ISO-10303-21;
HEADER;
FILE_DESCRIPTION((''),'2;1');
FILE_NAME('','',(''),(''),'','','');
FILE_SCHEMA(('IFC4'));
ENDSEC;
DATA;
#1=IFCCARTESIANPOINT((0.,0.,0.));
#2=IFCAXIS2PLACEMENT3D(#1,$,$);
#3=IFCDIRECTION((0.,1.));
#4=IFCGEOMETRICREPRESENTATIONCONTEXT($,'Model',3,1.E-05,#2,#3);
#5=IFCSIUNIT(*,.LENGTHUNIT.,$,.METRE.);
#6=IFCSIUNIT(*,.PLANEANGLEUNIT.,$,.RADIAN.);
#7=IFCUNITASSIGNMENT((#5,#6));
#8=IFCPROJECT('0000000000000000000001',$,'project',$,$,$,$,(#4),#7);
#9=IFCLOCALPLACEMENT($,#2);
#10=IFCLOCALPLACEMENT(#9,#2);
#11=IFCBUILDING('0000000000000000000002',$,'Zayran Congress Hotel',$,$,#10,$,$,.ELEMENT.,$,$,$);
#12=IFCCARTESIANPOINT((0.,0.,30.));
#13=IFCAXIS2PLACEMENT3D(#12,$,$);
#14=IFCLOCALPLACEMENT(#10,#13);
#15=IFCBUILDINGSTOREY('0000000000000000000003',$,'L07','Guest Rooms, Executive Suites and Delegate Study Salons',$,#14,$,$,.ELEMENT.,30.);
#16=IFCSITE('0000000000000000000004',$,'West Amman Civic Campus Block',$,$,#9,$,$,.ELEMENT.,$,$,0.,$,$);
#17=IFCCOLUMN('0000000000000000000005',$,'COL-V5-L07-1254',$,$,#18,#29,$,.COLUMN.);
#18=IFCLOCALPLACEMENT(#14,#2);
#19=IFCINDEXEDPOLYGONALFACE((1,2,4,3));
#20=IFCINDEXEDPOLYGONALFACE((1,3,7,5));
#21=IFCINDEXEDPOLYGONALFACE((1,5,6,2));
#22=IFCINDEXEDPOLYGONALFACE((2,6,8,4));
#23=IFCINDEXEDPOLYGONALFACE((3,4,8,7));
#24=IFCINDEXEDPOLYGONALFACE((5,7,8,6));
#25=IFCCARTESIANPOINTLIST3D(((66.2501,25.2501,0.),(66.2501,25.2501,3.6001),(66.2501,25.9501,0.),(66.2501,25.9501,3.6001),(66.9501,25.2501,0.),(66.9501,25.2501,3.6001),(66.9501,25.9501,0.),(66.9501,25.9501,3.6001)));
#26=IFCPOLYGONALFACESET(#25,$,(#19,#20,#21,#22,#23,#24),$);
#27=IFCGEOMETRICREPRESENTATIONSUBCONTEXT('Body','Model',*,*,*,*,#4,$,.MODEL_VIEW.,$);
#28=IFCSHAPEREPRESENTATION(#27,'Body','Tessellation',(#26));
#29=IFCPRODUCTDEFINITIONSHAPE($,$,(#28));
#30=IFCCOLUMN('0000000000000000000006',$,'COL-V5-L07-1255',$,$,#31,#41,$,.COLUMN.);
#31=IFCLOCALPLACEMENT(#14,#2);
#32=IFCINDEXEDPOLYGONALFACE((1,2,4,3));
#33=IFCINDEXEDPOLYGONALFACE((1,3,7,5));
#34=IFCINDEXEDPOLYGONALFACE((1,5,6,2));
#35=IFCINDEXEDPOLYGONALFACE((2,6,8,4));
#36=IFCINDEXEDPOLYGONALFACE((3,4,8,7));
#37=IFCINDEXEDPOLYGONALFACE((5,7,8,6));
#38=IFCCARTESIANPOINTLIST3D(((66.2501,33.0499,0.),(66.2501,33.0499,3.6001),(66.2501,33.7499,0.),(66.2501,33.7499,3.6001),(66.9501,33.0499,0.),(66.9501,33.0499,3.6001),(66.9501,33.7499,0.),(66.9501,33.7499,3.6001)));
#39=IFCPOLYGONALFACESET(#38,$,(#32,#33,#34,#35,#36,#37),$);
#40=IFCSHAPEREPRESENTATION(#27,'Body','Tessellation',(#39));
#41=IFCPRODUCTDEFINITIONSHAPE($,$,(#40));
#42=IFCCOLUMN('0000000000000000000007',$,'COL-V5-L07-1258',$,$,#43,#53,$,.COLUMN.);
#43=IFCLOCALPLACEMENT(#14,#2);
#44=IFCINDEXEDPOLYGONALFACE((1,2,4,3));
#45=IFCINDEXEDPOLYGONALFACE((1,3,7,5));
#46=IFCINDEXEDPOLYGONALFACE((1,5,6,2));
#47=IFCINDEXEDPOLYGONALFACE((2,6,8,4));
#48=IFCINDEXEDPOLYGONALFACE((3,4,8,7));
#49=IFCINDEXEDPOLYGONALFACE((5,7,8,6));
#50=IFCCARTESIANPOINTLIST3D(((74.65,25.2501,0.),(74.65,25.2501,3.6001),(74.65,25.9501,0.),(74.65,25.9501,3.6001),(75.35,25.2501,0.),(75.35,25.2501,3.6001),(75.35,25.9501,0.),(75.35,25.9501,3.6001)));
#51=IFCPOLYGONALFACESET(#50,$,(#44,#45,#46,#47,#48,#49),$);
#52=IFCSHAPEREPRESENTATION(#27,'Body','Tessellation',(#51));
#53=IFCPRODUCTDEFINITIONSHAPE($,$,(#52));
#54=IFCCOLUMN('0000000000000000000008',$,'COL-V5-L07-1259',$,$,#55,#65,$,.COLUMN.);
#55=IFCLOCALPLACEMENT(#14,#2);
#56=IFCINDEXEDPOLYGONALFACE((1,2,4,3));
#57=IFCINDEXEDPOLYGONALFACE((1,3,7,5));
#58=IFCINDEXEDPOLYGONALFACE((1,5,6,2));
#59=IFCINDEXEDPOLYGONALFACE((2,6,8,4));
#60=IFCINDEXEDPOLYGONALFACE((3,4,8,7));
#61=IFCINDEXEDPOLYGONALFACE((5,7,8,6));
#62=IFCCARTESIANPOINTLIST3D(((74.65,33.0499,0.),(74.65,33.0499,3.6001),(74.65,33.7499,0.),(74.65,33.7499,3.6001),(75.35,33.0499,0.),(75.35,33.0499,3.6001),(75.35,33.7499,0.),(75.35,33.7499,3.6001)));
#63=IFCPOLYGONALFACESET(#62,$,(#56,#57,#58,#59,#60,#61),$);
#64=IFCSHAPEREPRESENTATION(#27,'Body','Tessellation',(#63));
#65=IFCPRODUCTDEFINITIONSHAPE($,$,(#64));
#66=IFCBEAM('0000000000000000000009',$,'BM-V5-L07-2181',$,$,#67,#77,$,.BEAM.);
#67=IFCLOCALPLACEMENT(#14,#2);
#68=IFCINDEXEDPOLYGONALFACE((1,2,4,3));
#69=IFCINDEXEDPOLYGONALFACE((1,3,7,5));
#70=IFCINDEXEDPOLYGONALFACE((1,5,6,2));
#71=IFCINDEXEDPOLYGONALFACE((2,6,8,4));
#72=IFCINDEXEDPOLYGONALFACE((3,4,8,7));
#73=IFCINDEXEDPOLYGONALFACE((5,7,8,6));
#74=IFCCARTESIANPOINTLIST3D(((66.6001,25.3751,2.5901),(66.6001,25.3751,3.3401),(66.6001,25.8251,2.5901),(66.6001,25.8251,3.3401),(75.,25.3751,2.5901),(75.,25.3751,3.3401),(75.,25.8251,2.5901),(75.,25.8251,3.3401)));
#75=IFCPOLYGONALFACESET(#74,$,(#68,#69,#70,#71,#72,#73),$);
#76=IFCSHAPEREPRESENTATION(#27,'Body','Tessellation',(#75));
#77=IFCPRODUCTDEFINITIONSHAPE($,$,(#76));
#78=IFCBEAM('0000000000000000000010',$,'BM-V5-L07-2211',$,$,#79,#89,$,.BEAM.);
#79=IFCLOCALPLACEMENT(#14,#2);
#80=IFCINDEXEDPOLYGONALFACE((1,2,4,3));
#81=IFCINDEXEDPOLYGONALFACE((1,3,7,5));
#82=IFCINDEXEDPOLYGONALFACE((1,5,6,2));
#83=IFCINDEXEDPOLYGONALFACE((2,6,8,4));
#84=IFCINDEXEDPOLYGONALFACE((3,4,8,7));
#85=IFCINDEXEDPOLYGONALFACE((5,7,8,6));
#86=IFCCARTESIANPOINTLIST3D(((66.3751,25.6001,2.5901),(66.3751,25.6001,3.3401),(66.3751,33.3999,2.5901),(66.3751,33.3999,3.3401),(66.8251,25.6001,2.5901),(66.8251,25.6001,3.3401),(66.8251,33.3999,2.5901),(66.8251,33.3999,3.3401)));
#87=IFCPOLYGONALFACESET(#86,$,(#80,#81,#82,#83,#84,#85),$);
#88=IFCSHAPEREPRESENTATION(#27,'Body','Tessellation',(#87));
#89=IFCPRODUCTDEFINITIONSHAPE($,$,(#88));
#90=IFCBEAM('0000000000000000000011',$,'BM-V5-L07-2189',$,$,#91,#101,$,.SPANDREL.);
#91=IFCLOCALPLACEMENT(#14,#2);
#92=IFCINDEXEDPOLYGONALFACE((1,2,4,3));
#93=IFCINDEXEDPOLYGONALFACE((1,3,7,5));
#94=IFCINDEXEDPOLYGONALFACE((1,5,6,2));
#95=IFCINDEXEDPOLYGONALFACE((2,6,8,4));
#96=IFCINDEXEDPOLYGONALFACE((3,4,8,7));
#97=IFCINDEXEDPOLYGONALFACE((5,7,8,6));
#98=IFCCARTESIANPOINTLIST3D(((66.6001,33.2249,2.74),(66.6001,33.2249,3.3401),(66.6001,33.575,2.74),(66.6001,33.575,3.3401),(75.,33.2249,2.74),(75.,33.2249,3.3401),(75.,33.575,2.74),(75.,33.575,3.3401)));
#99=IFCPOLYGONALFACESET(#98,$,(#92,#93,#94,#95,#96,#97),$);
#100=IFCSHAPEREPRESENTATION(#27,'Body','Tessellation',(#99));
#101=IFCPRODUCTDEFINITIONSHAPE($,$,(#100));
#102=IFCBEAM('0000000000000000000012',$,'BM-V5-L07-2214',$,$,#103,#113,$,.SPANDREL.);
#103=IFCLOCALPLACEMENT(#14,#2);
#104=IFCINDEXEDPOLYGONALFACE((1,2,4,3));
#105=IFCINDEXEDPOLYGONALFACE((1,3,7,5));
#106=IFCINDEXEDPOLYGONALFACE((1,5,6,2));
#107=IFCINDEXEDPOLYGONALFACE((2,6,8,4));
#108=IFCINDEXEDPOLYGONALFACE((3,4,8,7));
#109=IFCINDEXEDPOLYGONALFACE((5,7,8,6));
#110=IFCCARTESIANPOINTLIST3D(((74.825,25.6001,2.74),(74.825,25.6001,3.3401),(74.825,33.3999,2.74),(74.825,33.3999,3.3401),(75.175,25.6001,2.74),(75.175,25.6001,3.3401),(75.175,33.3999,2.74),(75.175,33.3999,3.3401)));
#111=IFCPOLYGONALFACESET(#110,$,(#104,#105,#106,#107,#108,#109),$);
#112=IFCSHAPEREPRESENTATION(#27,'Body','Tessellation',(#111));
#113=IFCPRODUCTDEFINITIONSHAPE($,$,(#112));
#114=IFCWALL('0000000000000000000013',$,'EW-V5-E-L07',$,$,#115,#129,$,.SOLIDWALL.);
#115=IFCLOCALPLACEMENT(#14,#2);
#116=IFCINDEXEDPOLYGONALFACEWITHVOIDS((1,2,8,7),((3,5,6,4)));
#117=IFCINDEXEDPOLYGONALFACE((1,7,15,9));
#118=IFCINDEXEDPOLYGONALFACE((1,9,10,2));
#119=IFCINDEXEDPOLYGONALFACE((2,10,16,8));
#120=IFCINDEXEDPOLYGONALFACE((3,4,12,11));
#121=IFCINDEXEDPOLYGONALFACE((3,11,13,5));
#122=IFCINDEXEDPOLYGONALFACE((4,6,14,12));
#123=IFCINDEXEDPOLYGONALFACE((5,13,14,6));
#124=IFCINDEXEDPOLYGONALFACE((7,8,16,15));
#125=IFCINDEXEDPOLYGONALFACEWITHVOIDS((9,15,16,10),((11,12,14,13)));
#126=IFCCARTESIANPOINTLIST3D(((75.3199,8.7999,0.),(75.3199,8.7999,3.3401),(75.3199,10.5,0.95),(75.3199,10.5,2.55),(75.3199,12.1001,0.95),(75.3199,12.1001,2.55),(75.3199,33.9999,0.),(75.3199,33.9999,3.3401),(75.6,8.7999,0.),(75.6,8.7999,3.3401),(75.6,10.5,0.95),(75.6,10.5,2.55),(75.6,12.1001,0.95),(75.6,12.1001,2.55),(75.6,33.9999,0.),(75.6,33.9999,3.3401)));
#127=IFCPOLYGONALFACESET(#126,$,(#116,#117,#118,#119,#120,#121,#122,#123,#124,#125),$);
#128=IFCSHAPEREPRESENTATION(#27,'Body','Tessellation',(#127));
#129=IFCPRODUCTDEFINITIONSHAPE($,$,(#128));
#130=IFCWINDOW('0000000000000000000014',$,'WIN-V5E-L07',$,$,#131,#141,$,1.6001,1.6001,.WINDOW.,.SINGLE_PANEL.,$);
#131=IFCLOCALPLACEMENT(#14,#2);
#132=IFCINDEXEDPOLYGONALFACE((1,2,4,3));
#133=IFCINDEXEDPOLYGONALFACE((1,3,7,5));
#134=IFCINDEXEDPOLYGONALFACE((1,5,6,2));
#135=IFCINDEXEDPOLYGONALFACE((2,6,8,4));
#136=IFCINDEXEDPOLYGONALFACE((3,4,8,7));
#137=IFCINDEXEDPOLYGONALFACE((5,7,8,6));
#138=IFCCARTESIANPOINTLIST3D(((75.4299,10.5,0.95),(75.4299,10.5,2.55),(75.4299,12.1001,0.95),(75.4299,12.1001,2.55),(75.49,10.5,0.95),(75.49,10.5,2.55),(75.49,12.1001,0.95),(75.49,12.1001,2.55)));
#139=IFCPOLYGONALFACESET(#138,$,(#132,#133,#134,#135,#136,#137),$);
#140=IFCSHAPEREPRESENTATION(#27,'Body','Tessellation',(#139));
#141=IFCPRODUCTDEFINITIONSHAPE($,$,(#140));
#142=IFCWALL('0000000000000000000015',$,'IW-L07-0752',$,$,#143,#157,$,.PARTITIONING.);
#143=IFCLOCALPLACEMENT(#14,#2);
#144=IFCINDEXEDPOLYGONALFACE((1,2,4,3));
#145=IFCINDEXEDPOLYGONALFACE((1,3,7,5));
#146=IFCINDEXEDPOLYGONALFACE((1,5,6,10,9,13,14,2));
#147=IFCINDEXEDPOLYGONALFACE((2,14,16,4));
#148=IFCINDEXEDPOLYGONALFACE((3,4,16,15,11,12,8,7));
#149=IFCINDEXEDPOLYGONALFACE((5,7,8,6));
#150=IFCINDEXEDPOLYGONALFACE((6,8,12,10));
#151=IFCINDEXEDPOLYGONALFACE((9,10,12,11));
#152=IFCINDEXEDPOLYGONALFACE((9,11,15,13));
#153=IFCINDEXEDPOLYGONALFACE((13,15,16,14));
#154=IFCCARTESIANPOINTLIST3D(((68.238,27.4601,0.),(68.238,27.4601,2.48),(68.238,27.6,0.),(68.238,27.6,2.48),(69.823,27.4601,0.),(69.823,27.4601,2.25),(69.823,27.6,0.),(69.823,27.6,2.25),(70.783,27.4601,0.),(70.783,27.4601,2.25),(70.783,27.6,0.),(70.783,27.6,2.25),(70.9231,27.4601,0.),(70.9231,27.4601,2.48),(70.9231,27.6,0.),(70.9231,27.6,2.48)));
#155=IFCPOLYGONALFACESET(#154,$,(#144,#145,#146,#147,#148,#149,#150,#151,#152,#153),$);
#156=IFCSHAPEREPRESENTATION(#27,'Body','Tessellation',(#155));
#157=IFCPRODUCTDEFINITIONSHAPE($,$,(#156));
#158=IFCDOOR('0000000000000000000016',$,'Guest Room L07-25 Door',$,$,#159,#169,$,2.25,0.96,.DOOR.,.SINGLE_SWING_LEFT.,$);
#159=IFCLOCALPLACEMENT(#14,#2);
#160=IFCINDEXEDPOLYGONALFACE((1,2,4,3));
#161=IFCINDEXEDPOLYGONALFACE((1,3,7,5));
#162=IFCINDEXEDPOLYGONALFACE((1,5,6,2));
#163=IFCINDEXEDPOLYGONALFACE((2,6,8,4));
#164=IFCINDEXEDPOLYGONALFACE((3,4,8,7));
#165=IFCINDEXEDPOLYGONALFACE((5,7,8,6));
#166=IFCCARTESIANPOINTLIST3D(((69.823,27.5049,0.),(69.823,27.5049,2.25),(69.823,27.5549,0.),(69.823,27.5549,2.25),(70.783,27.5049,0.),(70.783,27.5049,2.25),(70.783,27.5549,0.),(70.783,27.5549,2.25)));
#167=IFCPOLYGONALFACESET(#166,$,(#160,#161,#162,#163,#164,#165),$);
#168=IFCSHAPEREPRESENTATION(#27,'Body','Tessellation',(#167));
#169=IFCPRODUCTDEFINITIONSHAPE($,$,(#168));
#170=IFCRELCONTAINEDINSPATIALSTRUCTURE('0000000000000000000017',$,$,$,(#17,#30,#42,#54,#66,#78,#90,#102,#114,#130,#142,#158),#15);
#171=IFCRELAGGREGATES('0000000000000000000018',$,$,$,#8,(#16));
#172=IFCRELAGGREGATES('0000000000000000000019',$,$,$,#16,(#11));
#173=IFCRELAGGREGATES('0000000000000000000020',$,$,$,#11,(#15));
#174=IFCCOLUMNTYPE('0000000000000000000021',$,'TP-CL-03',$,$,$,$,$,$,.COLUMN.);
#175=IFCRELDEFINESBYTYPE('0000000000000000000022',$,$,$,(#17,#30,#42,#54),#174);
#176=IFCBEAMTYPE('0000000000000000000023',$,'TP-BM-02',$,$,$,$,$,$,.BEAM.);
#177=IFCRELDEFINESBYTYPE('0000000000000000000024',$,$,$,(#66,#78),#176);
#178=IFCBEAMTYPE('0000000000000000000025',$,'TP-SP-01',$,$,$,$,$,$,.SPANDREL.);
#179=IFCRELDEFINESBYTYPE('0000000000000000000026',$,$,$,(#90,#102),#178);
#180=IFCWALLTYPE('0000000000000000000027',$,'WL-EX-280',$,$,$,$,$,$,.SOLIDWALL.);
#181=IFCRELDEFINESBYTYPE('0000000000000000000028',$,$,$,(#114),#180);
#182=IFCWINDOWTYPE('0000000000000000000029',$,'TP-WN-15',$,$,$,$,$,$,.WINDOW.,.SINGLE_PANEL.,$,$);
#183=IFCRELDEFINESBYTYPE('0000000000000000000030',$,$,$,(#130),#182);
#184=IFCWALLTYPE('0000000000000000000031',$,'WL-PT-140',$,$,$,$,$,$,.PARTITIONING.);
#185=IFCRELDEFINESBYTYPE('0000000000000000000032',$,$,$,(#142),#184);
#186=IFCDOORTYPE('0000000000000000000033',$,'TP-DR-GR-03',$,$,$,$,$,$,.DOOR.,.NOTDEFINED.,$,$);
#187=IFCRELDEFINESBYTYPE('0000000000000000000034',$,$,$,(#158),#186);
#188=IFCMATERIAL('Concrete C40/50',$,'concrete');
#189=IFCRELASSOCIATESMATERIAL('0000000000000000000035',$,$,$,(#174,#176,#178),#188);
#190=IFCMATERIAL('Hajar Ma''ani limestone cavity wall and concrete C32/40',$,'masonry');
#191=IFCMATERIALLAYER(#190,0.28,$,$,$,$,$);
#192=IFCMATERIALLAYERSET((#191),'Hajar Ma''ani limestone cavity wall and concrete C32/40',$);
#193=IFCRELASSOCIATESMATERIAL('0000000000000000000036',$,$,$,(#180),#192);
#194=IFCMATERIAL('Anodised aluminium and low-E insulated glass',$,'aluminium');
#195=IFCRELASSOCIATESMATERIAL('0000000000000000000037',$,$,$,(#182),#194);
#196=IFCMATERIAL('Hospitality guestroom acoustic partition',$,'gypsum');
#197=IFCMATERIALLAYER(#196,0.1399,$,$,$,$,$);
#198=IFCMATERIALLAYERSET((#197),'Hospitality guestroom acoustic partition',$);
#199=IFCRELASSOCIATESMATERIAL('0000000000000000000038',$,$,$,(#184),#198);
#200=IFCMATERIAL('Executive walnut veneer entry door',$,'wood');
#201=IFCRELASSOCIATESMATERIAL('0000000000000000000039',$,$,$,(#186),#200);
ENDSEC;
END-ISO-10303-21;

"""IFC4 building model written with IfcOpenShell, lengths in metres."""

from ifc_helpers import new_model, si_unit, direction, frame, frame_2d, origin, origin_2d, place, context, subcontext, project, spatial, rectangle, extrude, material, layer, layer_set, material_profile, profile_set, type_object, element, fill, save


model = new_model("IFC4")

# Units and contexts
model_context = context("Model", 3, precision=1e-05, world=origin(), true_north=direction((0.0, 1.0)))
body_context = subcontext(model_context, "Body", "Model", "MODEL_VIEW")
ifc_project = project(units=[si_unit("LENGTHUNIT", "METRE"), si_unit("PLANEANGLEUNIT", "RADIAN")], contexts=[model_context])

# Site, building, storey
site_placement = place(None, origin())
site = spatial("IfcSite", under=ifc_project, at=site_placement, Name="West Amman Civic Campus Block", CompositionType="ELEMENT", RefElevation=0.0)
building_placement = place(site_placement, origin())
building = spatial("IfcBuilding", under=site, at=building_placement, Name="Zayran Congress Hotel", CompositionType="ELEMENT")
storey_placement = place(building_placement, frame((0.0, 0.0, 30.0)))
storey = spatial("IfcBuildingStorey", under=building, at=storey_placement, Name="L07", Description="Guest Rooms, Executive Suites and Delegate Study Salons", CompositionType="ELEMENT", Elevation=30.0)

# Columns
ifc_material_1 = material(Name="Concrete C40/50", Category="concrete")
ifc_material_profile_1 = material_profile(ifc_material_1, rectangle(XDim=0.7, YDim=0.7, at=origin_2d()), Name="RC 700x700")
ifc_profile_set_1 = profile_set([ifc_material_profile_1], Name="Concrete C40/50")
column_type = type_object("IfcColumnType", Name="TP-CL-03", PredefinedType="COLUMN", material=ifc_profile_set_1)
for number, where, z_axis, x_axis, name in (
    (1, (66.6001, 25.6001, 0.0), (0.0, 0.0, 1.0), (1.0, 0.0, 0.0), "COL-V5-L07-1254"),
    (2, (66.6001, 33.3999, 0.0), (0.0, 0.0, 1.0), (1.0, 0.0, 0.0), "COL-V5-L07-1255"),
    (3, (75.0, 25.6001, 0.0), (0.0, 0.0, 1.0), (1.0, 0.0, 0.0), "COL-V5-L07-1258"),
    (4, (75.0, 33.3999, 0.0), (0.0, 0.0, 1.0), (1.0, 0.0, 0.0), "COL-V5-L07-1259"),
):
    element("IfcColumn", number, at=place(storey_placement, frame(where, z_axis=z_axis, x_axis=x_axis)), inside=storey, type_object=column_type, Name=name, PredefinedType="COLUMN", context=body_context, shape_type="SweptSolid", body=[
        extrude(rectangle(XDim=0.7, YDim=0.7, at=origin_2d()), origin(), (0.0, 0.0, 1.0), 3.6001),
    ])

# Beams
ifc_material_profile_2 = material_profile(ifc_material_1, rectangle(XDim=0.45, YDim=0.75, at=origin_2d()), Name="RC 450x750")
ifc_profile_set_2 = profile_set([ifc_material_profile_2], Name="Concrete C40/50")
beam_type_1 = type_object("IfcBeamType", Name="TP-BM-02", PredefinedType="BEAM", material=ifc_profile_set_2)
beam_1_placement = place(storey_placement, frame((66.6001, 25.6001, 2.9651), z_axis=(1.0, 0.0, 0.0), x_axis=(0.0, 1.0, 0.0)))
element("IfcBeam", 5, at=beam_1_placement, inside=storey, type_object=beam_type_1, Name="BM-V5-L07-2181", PredefinedType="BEAM", context=body_context, shape_type="SweptSolid", body=[
    extrude(rectangle(XDim=0.45, YDim=0.75, at=origin_2d()), origin(), (0.0, 0.0, 1.0), 8.3999),
])
beam_2_placement = place(storey_placement, frame((66.6001, 25.6001, 2.9651), z_axis=(0.0, 1.0, 0.0), x_axis=(-1.0, 0.0, 0.0)))
element("IfcBeam", 6, at=beam_2_placement, inside=storey, type_object=beam_type_1, Name="BM-V5-L07-2211", PredefinedType="BEAM", context=body_context, shape_type="SweptSolid", body=[
    extrude(rectangle(XDim=0.45, YDim=0.75, at=origin_2d()), origin(), (0.0, 0.0, 1.0), 7.7998),
])
ifc_material_profile_3 = material_profile(ifc_material_1, rectangle(XDim=0.3501, YDim=0.6001, at=origin_2d()), Name="RC 350x600")
ifc_profile_set_3 = profile_set([ifc_material_profile_3], Name="Concrete C40/50")
beam_type_2 = type_object("IfcBeamType", Name="TP-SP-01", PredefinedType="SPANDREL", material=ifc_profile_set_3)
beam_3_placement = place(storey_placement, frame((66.6001, 33.3999, 3.04), z_axis=(1.0, 0.0, 0.0), x_axis=(0.0, 1.0, 0.0)))
element("IfcBeam", 7, at=beam_3_placement, inside=storey, type_object=beam_type_2, Name="BM-V5-L07-2189", PredefinedType="SPANDREL", context=body_context, shape_type="SweptSolid", body=[
    extrude(rectangle(XDim=0.3501, YDim=0.6001, at=origin_2d()), origin(), (0.0, 0.0, 1.0), 8.3999),
])
beam_4_placement = place(storey_placement, frame((75.0, 25.6001, 3.04), z_axis=(0.0, 1.0, 0.0), x_axis=(-1.0, 0.0, 0.0)))
element("IfcBeam", 8, at=beam_4_placement, inside=storey, type_object=beam_type_2, Name="BM-V5-L07-2214", PredefinedType="SPANDREL", context=body_context, shape_type="SweptSolid", body=[
    extrude(rectangle(XDim=0.3501, YDim=0.6001, at=origin_2d()), origin(), (0.0, 0.0, 1.0), 7.7998),
])

# Wall, opening, window
ifc_material_2 = material(Name="Hajar Ma'ani limestone cavity wall and concrete C32/40", Category="masonry")
ifc_layer_1 = layer(ifc_material_2, 0.28)
ifc_layer_set_1 = layer_set([ifc_layer_1], Name="Hajar Ma'ani limestone cavity wall and concrete C32/40")
wall_type_1 = type_object("IfcWallType", Name="WL-EX-280", PredefinedType="SOLIDWALL", material=ifc_layer_set_1)
wall_1_placement = place(storey_placement, frame((75.46, 34.0, 0.0), z_axis=(0.0, 0.0, 1.0), x_axis=(0.0, -1.0, 0.0)))
wall_1 = element("IfcWall", 9, at=wall_1_placement, inside=storey, type_object=wall_type_1, Name="EW-V5-E-L07", PredefinedType="SOLIDWALL", context=body_context, shape_type="SweptSolid", body=[
    extrude(rectangle(XDim=25.2, YDim=0.28, at=frame_2d((12.6001, 0.0))), origin(), (0.0, 0.0, 1.0), 3.3401),
])
opening_1_placement = place(wall_1_placement, frame((21.8999, 0.0, 0.95)))
opening_1 = element("IfcOpeningElement", 10, at=opening_1_placement, cuts=wall_1, PredefinedType="OPENING", context=body_context, shape_type="SweptSolid", body=[
    extrude(rectangle(XDim=1.6001, YDim=1.6001, at=frame_2d((0.8, 0.8))), frame((0.0, 0.1499, 0.0), z_axis=(0.0, -1.0, 0.0), x_axis=(1.0, 0.0, 0.0)), (0.0, 0.0, 1.0), 0.3),
])
ifc_material_3 = material(Name="Anodised aluminium and low-E insulated glass", Category="aluminium")
window_type = type_object("IfcWindowType", Name="TP-WN-15", PartitioningType="SINGLE_PANEL", PredefinedType="WINDOW", material=ifc_material_3)
window_placement = place(opening_1_placement, origin())
window = element("IfcWindow", 11, at=window_placement, inside=storey, type_object=window_type, Name="WIN-V5E-L07", OverallHeight=1.6001, OverallWidth=1.6001, PartitioningType="SINGLE_PANEL", PredefinedType="WINDOW", context=body_context, shape_type="SweptSolid", body=[
    extrude(rectangle(XDim=1.6001, YDim=1.6001, at=frame_2d((0.8, 0.8))), frame((0.0, 0.03, 0.0), z_axis=(0.0, -1.0, 0.0), x_axis=(1.0, 0.0, 0.0)), (0.0, 0.0, 1.0), 0.0601),
])
fill(opening_1, window)

# Wall, opening, door
ifc_material_4 = material(Name="Hospitality guestroom acoustic partition", Category="gypsum")
ifc_layer_2 = layer(ifc_material_4, 0.1399)
ifc_layer_set_2 = layer_set([ifc_layer_2], Name="Hospitality guestroom acoustic partition")
wall_type_2 = type_object("IfcWallType", Name="WL-PT-140", PredefinedType="PARTITIONING", material=ifc_layer_set_2)
wall_2_placement = place(storey_placement, frame((68.238, 27.53, 0.0), z_axis=(0.0, 0.0, 1.0), x_axis=(1.0, 0.0, 0.0)))
wall_2 = element("IfcWall", 12, at=wall_2_placement, inside=storey, type_object=wall_type_2, Name="IW-L07-0752", PredefinedType="PARTITIONING", context=body_context, shape_type="SweptSolid", body=[
    extrude(rectangle(XDim=2.6851, YDim=0.1399, at=frame_2d((1.3425, 0.0))), origin(), (0.0, 0.0, 1.0), 2.48),
])
opening_2_placement = place(wall_2_placement, frame((1.585, 0.0, 0.0)))
opening_2 = element("IfcOpeningElement", 13, at=opening_2_placement, cuts=wall_2, PredefinedType="OPENING", context=body_context, shape_type="SweptSolid", body=[
    extrude(rectangle(XDim=0.96, YDim=2.25, at=frame_2d((0.48, 1.125))), frame((0.0, 0.0798, 0.0), z_axis=(0.0, -1.0, 0.0), x_axis=(1.0, 0.0, 0.0)), (0.0, 0.0, 1.0), 0.1599),
])
ifc_material_5 = material(Name="Executive walnut veneer entry door", Category="wood")
door_type_1 = type_object("IfcDoorType", Name="TP-DR-GR-03", OperationType="NOTDEFINED", PredefinedType="DOOR", material=ifc_material_5)
door_1_placement = place(opening_2_placement, origin())
door_1 = element("IfcDoor", 14, at=door_1_placement, inside=storey, type_object=door_type_1, Name="Guest Room L07-25 Door", OperationType="SINGLE_SWING_LEFT", OverallHeight=2.25, OverallWidth=0.96, PredefinedType="DOOR", context=body_context, shape_type="SweptSolid", body=[
    extrude(rectangle(XDim=0.96, YDim=2.25, at=frame_2d((0.48, 1.125))), frame((0.0, 0.0249, 0.0), z_axis=(0.0, -1.0, 0.0), x_axis=(1.0, 0.0, 0.0)), (0.0, 0.0, 1.0), 0.05),
])
fill(opening_2, door_1)

save(model, "model.ifc")
